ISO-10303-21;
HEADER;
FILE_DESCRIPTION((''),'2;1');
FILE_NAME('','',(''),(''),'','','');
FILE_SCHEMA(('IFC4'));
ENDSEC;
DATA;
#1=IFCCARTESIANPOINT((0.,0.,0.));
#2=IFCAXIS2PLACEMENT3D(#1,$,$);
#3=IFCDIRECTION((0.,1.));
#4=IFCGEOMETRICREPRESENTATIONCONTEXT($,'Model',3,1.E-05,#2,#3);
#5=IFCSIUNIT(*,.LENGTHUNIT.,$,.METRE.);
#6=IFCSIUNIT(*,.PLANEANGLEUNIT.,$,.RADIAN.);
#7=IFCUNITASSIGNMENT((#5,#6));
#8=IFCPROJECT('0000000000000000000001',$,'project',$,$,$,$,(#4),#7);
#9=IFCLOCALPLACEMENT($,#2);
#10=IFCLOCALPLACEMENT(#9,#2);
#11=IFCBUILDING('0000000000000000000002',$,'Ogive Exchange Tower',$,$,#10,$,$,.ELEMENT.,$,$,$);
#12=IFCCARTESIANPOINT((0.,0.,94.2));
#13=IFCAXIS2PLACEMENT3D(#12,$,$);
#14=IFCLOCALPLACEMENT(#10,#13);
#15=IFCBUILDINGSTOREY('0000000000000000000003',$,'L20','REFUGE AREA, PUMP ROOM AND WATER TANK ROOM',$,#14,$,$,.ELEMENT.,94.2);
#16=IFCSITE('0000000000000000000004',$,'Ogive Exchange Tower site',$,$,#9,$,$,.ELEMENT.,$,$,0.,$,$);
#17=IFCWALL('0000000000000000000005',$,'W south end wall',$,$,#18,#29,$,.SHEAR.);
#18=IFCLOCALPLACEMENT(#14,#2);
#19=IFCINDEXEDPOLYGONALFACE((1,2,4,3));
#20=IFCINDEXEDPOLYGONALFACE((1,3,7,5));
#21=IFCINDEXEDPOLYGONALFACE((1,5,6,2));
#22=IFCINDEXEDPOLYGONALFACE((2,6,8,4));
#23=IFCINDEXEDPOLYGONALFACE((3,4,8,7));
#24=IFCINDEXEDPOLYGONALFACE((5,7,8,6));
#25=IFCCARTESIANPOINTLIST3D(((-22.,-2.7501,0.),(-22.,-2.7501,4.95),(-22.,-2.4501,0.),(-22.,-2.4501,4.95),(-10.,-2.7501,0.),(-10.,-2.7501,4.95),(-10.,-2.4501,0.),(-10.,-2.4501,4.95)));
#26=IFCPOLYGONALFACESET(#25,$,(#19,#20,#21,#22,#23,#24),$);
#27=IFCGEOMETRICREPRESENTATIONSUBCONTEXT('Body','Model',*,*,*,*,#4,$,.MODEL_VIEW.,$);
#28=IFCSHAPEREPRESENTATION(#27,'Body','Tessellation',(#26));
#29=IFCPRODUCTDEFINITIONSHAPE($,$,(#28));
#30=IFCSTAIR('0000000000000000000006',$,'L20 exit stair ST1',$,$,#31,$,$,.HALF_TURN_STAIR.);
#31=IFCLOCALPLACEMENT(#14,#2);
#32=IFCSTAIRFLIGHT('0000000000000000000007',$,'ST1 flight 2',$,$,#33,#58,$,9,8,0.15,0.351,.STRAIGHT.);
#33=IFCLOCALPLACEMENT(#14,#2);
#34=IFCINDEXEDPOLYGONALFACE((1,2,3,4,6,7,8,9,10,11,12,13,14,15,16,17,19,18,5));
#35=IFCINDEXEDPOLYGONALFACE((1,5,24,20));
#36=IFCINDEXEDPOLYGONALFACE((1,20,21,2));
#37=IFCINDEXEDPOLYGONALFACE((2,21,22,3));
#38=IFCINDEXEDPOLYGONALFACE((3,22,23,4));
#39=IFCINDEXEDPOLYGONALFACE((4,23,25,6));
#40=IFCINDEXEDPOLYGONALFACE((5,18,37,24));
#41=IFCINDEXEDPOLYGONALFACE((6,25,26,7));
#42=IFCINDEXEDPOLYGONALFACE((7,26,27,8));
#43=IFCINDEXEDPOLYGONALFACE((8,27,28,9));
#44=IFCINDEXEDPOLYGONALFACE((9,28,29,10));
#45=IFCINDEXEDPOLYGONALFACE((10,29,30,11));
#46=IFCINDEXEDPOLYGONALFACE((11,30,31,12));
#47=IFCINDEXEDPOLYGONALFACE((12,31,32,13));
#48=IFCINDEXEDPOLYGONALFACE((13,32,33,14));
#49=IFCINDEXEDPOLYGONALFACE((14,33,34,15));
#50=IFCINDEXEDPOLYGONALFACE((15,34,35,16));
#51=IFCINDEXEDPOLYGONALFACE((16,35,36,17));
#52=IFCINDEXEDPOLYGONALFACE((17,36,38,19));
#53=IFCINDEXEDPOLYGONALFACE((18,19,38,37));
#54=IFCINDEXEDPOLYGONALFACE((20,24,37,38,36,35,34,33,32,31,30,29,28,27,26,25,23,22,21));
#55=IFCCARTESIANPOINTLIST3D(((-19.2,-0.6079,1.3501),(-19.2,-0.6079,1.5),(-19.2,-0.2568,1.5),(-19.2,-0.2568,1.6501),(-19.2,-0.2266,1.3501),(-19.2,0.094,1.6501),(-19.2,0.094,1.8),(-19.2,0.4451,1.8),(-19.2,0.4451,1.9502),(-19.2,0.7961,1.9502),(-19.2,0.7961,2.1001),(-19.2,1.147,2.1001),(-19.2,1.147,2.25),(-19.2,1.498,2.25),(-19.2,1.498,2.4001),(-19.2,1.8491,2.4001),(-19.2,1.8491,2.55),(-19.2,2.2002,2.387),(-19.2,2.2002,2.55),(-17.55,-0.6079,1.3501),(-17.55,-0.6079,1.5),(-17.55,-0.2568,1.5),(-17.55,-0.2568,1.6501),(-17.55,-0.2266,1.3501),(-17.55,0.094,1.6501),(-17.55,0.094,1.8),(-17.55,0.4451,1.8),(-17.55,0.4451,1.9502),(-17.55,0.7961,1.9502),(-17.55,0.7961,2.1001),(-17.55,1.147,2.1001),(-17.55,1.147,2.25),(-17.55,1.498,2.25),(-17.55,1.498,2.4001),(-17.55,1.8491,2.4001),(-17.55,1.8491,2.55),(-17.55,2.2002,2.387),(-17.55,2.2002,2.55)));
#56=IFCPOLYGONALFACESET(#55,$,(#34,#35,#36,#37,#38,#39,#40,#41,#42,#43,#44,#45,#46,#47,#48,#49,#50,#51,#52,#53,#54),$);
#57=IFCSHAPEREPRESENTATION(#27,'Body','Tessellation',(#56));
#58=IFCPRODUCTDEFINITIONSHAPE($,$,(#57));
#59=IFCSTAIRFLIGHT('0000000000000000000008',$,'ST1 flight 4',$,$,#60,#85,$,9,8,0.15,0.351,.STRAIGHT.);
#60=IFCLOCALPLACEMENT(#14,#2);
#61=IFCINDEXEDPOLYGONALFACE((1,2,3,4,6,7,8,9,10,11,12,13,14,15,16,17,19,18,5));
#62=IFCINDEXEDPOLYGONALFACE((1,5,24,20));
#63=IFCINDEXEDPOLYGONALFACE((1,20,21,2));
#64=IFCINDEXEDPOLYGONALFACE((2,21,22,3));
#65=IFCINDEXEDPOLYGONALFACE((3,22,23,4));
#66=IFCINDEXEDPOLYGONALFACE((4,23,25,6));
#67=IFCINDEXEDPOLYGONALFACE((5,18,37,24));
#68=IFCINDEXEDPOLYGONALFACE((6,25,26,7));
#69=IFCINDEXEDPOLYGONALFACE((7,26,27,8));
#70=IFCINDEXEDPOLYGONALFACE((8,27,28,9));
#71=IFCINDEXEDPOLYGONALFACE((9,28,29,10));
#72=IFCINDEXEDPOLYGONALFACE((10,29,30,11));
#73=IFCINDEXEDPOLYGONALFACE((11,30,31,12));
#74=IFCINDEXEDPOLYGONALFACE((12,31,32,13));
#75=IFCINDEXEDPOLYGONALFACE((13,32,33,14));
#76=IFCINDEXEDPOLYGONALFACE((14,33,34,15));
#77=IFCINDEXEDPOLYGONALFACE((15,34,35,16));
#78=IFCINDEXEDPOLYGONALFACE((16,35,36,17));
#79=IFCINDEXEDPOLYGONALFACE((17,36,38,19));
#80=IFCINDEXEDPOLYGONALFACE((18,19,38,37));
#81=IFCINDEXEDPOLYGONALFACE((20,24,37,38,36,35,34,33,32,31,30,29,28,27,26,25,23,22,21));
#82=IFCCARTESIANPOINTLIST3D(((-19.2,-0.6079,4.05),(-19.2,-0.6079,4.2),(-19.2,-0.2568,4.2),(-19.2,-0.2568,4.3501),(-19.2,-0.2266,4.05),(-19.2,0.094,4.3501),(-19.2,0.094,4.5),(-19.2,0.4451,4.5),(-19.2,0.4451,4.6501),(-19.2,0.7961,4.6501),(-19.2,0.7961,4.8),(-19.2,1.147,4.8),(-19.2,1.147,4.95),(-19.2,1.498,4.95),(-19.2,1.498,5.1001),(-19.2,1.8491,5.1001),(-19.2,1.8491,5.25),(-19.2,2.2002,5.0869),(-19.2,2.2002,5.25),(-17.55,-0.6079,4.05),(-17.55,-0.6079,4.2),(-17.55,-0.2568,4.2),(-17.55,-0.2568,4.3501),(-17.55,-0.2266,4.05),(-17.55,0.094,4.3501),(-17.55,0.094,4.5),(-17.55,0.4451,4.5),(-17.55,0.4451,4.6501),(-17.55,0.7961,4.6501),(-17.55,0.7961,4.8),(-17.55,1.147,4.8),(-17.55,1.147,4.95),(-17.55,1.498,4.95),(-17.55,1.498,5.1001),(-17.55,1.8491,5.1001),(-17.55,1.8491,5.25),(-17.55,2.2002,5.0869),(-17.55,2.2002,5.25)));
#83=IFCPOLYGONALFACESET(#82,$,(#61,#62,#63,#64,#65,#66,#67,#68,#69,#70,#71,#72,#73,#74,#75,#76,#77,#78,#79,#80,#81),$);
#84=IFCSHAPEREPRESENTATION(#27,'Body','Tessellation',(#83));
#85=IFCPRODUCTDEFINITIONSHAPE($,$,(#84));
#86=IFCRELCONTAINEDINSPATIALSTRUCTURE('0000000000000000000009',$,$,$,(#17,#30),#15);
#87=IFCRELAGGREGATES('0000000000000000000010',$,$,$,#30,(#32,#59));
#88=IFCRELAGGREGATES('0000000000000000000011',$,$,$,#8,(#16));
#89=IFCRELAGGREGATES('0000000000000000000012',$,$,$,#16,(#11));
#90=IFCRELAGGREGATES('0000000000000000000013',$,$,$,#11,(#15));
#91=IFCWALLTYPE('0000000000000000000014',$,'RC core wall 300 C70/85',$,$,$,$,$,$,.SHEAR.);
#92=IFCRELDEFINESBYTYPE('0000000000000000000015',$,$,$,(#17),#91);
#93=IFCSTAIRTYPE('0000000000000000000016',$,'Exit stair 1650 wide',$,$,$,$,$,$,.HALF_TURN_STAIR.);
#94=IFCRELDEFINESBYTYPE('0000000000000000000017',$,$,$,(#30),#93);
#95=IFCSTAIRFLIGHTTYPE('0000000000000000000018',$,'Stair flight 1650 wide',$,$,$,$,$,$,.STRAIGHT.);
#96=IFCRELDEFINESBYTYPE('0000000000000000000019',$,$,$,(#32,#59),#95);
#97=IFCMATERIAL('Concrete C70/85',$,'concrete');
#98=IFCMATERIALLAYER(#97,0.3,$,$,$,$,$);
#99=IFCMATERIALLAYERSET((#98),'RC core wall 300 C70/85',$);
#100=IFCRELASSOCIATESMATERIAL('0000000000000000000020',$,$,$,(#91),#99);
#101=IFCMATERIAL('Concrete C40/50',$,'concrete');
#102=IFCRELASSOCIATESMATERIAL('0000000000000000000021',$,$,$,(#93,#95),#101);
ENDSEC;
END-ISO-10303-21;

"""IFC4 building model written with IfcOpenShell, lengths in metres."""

from ifc_helpers import new_model, si_unit, direction, frame, frame_2d, origin, place, context, subcontext, project, spatial, polyline, rectangle, outline, extrude, material, layer, layer_set, type_object, element, aggregate, save


model = new_model("IFC4")

# Units and contexts
model_context = context("Model", 3, precision=1e-05, world=origin(), true_north=direction((0.0, 1.0)))
body_context = subcontext(model_context, "Body", "Model", "MODEL_VIEW")
ifc_project = project(units=[si_unit("LENGTHUNIT", "METRE"), si_unit("PLANEANGLEUNIT", "RADIAN")], contexts=[model_context])

# Site, building, storey
site_placement = place(None, origin())
site = spatial("IfcSite", under=ifc_project, at=site_placement, Name="Ogive Exchange Tower site", CompositionType="ELEMENT", RefElevation=0.0)
building_placement = place(site_placement, origin())
building = spatial("IfcBuilding", under=site, at=building_placement, Name="Ogive Exchange Tower", CompositionType="ELEMENT")
storey_placement = place(building_placement, frame((0.0, 0.0, 94.2)))
storey = spatial("IfcBuildingStorey", under=building, at=storey_placement, Name="L20", Description="REFUGE AREA, PUMP ROOM AND WATER TANK ROOM", CompositionType="ELEMENT", Elevation=94.2)

# Shared definitions
ifc_material_1 = material(Name="Concrete C70/85", Category="concrete")

# Wall
ifc_layer_1 = layer(ifc_material_1, 0.3)
ifc_layer_set_1 = layer_set([ifc_layer_1], Name="RC core wall 300 C70/85")
wall_type_1 = type_object("IfcWallType", Name="RC core wall 300 C70/85", PredefinedType="SHEAR", material=ifc_layer_set_1)
wall_1_placement = place(storey_placement, frame((-22.0, -2.6001, 0.0), z_axis=(0.0, 0.0, 1.0), x_axis=(1.0, 0.0, 0.0)))
element("IfcWall", 1, at=wall_1_placement, inside=storey, type_object=wall_type_1, Name="W south end wall", PredefinedType="SHEAR", context=body_context, shape_type="SweptSolid", body=[
    extrude(rectangle(XDim=12.0, YDim=0.3, at=frame_2d((6.0, 0.0))), origin(), (0.0, 0.0, 1.0), 4.95),
])

# Stair, stair flights
ifc_material_2 = material(Name="Concrete C40/50", Category="concrete")
stair_type = type_object("IfcStairType", Name="Exit stair 1650 wide", PredefinedType="HALF_TURN_STAIR", material=ifc_material_2)
stair_placement = place(storey_placement, origin())
stair = element("IfcStair", 2, at=stair_placement, inside=storey, type_object=stair_type, Name="L20 exit stair ST1", PredefinedType="HALF_TURN_STAIR")
stair_flight_type = type_object("IfcStairFlightType", Name="Stair flight 1650 wide", PredefinedType="STRAIGHT", material=ifc_material_2)
stair_flight_1_placement = place(storey_placement, frame((-18.375, -0.6079, 1.3501), z_axis=(0.0, 0.0, 1.0), x_axis=(0.0, 1.0, 0.0)))
stair_flight_1 = element("IfcStairFlight", 3, at=stair_flight_1_placement, type_object=stair_flight_type, Name="ST1 flight 2", NumberOfRisers=9, NumberOfTreads=8, PredefinedType="STRAIGHT", RiserHeight=0.15, TreadLength=0.351, context=body_context, shape_type="SweptSolid", body=[
    extrude(outline(polyline([(0.0, 0.0), (0.0, 0.1499), (0.3511, 0.1499), (0.3511, 0.3), (0.7019, 0.3), (0.7019, 0.45), (1.053, 0.45), (1.053, 0.6001), (1.4041, 0.6001), (1.4041, 0.75), (1.7549, 0.75), (1.7549, 0.8999), (2.106, 0.8999), (2.106, 1.05), (2.457, 1.05), (2.457, 1.2), (2.8081, 1.2), (2.8081, 1.3501), (2.8081, 1.0369), (0.3813, 0.0), (0.0, 0.0)])), frame((0.0, 0.825, 0.0), z_axis=(0.0, -1.0, 0.0), x_axis=(1.0, 0.0, 0.0)), (0.0, 0.0, 1.0), 1.6499),
])
stair_flight_2_placement = place(storey_placement, frame((-18.375, -0.6079, 4.05), z_axis=(0.0, 0.0, 1.0), x_axis=(0.0, 1.0, 0.0)))
stair_flight_2 = element("IfcStairFlight", 4, at=stair_flight_2_placement, type_object=stair_flight_type, Name="ST1 flight 4", NumberOfRisers=9, NumberOfTreads=8, PredefinedType="STRAIGHT", RiserHeight=0.15, TreadLength=0.351, context=body_context, shape_type="SweptSolid", body=[
    extrude(outline(polyline([(0.0, 0.0), (0.0, 0.1499), (0.3511, 0.1499), (0.3511, 0.3), (0.7019, 0.3), (0.7019, 0.45), (1.053, 0.45), (1.053, 0.6001), (1.4041, 0.6001), (1.4041, 0.75), (1.7549, 0.75), (1.7549, 0.8999), (2.106, 0.8999), (2.106, 1.05), (2.457, 1.05), (2.457, 1.2), (2.8081, 1.2), (2.8081, 1.3501), (2.8081, 1.0369), (0.3813, 0.0), (0.0, 0.0)])), frame((0.0, 0.825, 0.0), z_axis=(0.0, -1.0, 0.0), x_axis=(1.0, 0.0, 0.0)), (0.0, 0.0, 1.0), 1.6499),
])
aggregate(stair, [stair_flight_1, stair_flight_2])

save(model, "model.ifc")
